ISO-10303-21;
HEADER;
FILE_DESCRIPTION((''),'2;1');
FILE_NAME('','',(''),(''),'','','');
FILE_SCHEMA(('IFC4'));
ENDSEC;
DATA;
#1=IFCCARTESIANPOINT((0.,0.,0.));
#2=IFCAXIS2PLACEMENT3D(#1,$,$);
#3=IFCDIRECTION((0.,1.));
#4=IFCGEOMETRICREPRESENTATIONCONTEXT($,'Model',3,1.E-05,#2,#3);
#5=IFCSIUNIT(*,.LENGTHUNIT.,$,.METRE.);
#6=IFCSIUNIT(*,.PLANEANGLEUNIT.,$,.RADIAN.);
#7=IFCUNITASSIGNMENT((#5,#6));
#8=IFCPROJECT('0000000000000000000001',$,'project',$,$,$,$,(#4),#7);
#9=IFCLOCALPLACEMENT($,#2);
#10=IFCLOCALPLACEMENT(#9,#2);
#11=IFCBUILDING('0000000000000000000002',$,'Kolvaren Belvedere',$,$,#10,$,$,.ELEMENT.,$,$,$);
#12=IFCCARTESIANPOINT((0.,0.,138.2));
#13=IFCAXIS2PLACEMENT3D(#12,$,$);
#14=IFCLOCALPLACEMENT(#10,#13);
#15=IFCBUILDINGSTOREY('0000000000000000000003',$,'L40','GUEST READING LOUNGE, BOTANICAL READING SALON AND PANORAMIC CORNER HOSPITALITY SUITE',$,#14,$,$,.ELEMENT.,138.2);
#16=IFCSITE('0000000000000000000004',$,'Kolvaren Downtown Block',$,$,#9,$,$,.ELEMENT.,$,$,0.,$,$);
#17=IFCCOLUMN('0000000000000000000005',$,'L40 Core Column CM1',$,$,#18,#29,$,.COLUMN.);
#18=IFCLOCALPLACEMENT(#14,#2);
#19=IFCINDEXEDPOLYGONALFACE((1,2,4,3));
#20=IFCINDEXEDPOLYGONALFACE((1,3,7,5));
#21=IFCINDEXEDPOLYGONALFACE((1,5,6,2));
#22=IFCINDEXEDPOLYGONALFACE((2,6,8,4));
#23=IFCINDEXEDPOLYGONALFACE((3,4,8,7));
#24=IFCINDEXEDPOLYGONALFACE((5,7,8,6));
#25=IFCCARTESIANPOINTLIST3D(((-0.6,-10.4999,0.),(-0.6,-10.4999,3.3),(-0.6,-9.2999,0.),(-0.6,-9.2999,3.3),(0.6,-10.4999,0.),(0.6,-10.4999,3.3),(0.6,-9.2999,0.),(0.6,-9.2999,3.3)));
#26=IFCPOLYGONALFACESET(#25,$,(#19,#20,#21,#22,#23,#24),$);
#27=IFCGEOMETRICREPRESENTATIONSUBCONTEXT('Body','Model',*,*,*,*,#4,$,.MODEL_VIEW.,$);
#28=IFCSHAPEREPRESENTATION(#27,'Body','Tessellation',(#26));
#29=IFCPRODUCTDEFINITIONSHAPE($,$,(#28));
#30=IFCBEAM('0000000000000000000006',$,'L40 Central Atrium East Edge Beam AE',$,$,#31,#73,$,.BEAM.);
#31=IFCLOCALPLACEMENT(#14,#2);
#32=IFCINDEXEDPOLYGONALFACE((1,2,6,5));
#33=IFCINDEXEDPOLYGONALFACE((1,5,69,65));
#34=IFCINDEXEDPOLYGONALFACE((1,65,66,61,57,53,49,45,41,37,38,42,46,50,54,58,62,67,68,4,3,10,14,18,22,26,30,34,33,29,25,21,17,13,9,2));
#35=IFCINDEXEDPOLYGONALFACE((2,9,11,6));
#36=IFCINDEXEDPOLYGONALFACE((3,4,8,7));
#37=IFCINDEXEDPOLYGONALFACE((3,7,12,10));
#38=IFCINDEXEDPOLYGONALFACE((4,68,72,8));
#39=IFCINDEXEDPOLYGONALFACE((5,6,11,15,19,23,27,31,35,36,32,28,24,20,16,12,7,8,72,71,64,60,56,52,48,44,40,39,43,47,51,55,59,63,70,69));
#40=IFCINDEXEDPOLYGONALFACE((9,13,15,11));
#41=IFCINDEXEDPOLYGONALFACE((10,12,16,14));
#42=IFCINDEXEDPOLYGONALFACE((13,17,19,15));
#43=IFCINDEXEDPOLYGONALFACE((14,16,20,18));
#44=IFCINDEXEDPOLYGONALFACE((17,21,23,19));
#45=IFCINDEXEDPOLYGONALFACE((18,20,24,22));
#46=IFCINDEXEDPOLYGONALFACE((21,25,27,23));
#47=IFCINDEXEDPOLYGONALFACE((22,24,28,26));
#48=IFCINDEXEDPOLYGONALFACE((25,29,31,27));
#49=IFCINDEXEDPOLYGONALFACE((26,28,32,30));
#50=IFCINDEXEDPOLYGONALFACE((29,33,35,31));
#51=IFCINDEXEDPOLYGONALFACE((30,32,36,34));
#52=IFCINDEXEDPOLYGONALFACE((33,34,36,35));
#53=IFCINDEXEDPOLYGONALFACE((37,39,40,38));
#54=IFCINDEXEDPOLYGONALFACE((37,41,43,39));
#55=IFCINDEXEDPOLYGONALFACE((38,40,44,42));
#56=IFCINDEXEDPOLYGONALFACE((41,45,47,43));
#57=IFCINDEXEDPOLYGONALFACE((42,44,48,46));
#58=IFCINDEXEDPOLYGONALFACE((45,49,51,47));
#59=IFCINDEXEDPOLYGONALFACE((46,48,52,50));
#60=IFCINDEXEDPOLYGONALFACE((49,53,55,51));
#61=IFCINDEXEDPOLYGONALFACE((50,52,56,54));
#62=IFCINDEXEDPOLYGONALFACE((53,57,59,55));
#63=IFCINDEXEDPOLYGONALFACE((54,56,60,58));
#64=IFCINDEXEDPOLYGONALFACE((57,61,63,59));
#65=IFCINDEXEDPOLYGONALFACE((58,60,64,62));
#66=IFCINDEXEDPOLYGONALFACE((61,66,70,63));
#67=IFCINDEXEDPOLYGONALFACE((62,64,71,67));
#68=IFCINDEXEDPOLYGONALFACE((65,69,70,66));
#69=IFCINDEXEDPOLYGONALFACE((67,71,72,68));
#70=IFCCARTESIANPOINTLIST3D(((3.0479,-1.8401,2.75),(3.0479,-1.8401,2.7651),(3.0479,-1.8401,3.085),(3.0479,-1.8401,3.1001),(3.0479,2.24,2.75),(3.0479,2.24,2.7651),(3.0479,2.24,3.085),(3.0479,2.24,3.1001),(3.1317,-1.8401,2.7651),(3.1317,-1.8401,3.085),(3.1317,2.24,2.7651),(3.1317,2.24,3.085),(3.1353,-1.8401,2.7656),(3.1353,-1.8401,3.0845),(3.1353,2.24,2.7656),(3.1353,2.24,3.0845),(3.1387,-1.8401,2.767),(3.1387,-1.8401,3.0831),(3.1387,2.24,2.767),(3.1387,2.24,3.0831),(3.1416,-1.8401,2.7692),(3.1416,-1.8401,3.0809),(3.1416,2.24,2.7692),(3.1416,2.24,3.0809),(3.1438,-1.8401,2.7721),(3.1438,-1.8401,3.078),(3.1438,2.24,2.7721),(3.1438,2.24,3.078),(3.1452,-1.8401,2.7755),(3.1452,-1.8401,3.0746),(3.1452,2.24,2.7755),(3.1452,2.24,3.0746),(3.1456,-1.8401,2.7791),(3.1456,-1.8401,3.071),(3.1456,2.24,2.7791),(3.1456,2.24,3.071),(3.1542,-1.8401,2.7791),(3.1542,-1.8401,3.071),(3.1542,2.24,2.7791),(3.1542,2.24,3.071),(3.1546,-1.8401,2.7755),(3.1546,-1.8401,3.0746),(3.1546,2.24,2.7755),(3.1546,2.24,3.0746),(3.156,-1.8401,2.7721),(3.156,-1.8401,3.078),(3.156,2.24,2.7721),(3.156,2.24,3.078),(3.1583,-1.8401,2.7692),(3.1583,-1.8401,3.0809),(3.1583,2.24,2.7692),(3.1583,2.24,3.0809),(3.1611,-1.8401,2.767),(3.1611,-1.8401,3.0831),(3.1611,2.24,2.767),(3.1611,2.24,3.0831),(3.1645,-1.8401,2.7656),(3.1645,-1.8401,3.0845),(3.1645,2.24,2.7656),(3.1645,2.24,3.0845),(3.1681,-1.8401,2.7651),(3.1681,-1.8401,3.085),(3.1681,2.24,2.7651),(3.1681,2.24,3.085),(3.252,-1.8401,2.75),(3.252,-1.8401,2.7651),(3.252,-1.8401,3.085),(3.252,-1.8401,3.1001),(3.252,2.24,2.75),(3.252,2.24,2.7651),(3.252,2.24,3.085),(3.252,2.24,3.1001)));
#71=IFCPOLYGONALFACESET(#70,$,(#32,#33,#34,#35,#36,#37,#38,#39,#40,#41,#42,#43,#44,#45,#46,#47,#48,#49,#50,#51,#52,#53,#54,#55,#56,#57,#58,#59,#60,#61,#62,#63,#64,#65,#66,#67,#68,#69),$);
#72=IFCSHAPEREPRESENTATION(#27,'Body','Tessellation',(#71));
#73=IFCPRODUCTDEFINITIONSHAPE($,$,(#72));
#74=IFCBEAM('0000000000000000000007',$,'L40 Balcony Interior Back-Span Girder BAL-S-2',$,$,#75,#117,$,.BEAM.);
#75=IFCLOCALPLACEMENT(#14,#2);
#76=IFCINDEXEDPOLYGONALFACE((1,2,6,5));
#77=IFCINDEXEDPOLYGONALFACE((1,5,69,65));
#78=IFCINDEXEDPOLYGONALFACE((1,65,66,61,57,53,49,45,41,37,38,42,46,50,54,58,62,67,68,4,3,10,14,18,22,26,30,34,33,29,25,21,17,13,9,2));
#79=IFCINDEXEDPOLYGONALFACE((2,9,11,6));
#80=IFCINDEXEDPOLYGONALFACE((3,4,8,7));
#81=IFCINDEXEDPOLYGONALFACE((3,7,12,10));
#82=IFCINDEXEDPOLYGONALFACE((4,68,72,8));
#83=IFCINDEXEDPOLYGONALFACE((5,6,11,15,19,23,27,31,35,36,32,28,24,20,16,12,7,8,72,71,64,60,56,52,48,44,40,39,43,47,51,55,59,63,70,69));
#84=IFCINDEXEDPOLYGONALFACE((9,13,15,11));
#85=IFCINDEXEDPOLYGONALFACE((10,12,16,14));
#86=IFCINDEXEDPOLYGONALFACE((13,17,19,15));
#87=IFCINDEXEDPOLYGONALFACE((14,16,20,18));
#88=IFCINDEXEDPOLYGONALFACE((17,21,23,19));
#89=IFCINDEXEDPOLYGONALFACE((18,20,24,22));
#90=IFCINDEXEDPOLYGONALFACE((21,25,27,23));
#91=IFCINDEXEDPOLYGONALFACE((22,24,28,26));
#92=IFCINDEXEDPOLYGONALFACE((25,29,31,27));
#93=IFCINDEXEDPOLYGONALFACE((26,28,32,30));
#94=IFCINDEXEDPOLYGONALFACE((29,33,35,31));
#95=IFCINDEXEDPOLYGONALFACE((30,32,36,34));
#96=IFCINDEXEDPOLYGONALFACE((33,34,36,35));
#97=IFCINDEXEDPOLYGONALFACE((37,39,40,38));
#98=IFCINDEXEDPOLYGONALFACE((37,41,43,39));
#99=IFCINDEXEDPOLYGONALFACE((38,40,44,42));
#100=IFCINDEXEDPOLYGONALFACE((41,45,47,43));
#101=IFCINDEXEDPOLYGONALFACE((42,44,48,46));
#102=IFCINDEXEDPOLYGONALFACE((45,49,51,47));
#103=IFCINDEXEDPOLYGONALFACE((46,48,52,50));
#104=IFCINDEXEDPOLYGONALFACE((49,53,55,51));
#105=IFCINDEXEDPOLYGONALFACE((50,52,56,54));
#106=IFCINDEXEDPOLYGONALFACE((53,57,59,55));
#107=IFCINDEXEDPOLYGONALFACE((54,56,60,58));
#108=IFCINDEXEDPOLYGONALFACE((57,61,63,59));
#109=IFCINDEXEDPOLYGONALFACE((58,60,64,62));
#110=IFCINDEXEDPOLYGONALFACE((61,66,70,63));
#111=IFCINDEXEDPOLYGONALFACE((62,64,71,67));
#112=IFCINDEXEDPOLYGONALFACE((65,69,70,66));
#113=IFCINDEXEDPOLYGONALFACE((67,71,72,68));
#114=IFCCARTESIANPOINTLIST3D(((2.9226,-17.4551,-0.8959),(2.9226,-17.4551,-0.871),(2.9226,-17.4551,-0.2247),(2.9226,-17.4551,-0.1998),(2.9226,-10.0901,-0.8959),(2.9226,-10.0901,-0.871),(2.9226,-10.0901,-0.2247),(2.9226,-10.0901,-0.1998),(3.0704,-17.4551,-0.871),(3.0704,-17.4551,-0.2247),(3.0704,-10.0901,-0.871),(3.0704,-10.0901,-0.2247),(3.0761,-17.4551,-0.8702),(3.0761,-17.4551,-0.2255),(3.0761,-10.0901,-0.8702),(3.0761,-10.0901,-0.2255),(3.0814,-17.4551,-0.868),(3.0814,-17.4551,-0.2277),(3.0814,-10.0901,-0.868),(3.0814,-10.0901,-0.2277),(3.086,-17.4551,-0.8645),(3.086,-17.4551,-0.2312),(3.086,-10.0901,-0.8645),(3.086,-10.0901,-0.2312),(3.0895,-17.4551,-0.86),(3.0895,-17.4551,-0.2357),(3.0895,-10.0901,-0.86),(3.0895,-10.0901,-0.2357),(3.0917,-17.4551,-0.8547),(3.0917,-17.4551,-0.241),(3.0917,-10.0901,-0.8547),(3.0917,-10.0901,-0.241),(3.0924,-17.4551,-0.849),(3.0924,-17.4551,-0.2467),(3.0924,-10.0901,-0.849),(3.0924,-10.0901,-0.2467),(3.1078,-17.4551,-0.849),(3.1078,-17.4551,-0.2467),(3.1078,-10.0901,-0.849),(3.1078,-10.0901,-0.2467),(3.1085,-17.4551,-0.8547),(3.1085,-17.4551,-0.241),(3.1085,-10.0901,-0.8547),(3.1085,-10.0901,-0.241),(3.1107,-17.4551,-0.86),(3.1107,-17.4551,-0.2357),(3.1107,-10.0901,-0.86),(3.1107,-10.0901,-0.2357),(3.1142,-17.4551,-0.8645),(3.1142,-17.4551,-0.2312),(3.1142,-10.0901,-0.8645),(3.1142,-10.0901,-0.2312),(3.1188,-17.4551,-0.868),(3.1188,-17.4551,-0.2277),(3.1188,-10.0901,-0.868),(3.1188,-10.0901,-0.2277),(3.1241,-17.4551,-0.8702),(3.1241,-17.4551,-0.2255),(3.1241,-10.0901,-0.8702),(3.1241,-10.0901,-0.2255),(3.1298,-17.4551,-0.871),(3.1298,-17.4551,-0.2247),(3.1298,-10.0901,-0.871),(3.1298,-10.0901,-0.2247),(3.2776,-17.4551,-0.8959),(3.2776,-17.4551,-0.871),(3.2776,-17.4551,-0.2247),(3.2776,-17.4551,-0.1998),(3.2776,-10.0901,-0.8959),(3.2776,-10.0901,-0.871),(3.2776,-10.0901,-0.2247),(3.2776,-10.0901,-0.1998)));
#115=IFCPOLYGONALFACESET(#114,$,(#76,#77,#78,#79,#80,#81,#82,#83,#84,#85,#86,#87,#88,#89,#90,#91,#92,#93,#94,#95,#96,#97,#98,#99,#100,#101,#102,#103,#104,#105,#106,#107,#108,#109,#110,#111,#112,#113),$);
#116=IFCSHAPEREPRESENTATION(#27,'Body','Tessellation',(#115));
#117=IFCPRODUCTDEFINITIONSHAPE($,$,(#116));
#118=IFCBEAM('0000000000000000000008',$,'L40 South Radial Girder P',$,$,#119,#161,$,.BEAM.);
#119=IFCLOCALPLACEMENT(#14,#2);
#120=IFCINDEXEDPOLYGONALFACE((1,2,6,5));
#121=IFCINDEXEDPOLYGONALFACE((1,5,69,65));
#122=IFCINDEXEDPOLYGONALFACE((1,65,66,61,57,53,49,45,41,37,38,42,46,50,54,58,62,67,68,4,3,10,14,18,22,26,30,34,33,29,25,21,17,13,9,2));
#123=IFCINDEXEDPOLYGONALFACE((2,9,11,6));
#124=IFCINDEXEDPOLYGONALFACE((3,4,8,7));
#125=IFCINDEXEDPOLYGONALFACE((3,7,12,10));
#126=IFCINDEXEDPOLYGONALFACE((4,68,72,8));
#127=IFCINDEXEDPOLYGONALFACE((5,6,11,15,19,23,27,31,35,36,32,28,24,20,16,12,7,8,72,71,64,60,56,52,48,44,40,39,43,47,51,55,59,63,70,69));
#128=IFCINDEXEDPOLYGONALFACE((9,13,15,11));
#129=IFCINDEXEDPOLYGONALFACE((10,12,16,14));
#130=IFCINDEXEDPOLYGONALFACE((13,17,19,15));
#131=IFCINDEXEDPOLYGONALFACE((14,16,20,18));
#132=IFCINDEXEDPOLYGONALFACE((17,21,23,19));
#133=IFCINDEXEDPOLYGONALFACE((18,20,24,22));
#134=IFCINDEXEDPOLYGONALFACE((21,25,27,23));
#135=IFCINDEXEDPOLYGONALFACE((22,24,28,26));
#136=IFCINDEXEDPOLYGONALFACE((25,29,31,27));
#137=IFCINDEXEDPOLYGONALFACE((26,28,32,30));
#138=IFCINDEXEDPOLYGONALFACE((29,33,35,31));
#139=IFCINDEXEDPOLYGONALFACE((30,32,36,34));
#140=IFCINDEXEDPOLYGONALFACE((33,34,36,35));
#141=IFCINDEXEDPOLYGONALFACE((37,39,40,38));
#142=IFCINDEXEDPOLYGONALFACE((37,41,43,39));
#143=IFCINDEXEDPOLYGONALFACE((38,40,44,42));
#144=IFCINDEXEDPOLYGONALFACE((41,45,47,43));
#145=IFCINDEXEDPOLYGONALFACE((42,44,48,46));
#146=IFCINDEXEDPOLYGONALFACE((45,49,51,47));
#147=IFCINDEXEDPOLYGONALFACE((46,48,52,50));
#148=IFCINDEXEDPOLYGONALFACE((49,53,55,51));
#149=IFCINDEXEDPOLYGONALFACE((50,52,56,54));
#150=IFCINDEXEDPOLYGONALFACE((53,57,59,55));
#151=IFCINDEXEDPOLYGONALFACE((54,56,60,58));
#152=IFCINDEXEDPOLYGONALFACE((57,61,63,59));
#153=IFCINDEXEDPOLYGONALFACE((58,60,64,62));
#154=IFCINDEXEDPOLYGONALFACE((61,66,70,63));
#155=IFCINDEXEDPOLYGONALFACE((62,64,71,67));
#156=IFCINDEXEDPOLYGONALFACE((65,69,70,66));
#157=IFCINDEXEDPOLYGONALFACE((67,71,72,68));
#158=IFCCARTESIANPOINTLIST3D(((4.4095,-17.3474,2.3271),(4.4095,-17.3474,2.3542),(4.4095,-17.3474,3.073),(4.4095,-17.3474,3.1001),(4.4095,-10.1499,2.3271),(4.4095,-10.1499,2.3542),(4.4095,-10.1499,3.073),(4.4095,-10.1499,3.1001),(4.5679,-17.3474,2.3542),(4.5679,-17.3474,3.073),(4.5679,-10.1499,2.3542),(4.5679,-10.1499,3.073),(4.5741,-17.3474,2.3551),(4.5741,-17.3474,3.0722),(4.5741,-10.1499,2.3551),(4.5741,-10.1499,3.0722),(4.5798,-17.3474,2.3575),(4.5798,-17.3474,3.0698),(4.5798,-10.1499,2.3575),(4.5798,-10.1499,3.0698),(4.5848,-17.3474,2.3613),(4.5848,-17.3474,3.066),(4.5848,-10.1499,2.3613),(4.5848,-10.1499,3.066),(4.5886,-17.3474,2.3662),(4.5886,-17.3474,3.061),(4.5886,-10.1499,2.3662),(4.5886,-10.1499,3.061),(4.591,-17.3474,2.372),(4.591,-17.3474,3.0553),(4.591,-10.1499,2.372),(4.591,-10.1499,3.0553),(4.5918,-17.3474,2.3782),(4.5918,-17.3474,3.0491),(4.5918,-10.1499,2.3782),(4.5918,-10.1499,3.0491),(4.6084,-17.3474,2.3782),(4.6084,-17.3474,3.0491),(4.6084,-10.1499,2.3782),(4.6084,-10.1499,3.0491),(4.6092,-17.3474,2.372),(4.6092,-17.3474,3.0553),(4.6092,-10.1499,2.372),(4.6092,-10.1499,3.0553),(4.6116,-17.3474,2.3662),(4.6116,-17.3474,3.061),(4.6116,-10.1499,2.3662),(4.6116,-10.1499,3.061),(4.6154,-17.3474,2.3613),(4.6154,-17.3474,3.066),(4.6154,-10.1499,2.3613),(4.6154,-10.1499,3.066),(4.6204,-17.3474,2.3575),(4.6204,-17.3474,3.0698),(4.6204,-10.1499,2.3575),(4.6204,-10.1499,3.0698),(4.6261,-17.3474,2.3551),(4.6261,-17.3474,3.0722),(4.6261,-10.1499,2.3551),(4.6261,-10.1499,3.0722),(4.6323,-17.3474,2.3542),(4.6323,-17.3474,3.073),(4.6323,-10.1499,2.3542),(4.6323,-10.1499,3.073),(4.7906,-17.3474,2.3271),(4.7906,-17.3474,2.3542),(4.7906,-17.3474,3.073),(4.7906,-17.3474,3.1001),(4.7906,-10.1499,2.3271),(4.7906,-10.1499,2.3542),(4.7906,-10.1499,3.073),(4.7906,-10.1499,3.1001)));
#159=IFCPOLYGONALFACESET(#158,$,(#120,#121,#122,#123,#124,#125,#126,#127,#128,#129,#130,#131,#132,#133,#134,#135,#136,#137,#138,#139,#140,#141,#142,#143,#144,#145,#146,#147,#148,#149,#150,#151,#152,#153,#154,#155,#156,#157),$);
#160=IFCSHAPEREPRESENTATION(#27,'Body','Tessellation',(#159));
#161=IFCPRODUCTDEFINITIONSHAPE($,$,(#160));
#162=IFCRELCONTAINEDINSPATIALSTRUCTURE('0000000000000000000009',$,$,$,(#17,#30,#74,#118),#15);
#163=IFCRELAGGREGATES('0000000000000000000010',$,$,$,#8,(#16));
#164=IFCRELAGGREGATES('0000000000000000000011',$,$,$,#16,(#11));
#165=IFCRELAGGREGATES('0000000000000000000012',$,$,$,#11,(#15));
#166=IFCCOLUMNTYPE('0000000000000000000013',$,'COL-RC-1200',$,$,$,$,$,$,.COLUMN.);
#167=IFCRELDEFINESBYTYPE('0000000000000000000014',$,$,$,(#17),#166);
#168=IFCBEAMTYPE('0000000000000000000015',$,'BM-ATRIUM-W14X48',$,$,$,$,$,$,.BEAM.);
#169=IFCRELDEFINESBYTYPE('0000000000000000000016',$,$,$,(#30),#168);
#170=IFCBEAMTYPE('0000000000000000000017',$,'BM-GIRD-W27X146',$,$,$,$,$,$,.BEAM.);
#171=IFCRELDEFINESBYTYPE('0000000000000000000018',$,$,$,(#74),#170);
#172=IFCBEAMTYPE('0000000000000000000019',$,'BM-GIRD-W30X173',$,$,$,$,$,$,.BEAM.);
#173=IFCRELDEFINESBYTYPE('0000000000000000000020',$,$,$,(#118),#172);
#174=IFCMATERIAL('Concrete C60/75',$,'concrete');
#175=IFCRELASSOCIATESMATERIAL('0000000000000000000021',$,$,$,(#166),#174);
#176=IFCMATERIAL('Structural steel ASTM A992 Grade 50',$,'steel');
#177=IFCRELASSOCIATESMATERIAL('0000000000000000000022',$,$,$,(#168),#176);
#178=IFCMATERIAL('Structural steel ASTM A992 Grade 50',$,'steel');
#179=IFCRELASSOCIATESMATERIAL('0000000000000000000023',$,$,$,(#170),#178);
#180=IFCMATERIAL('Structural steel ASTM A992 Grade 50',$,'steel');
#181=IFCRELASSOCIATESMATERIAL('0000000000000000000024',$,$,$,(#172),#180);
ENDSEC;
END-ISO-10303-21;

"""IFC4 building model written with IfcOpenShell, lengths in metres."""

from ifc_helpers import new_model, si_unit, direction, frame, origin, origin_2d, place, context, subcontext, project, spatial, rectangle, i_section, extrude, material, material_profile, profile_set, type_object, element, save


model = new_model("IFC4")

# Units and contexts
model_context = context("Model", 3, precision=1e-05, world=origin(), true_north=direction((0.0, 1.0)))
body_context = subcontext(model_context, "Body", "Model", "MODEL_VIEW")
ifc_project = project(units=[si_unit("LENGTHUNIT", "METRE"), si_unit("PLANEANGLEUNIT", "RADIAN")], contexts=[model_context])

# Site, building, storey
site_placement = place(None, origin())
site = spatial("IfcSite", under=ifc_project, at=site_placement, Name="Kolvaren Downtown Block", CompositionType="ELEMENT", RefElevation=0.0)
building_placement = place(site_placement, origin())
building = spatial("IfcBuilding", under=site, at=building_placement, Name="Kolvaren Belvedere", CompositionType="ELEMENT")
storey_placement = place(building_placement, frame((0.0, 0.0, 138.2)))
storey = spatial("IfcBuildingStorey", under=building, at=storey_placement, Name="L40", Description="GUEST READING LOUNGE, BOTANICAL READING SALON AND PANORAMIC CORNER HOSPITALITY SUITE", CompositionType="ELEMENT", Elevation=138.2)

# Column
ifc_material_1 = material(Name="Concrete C60/75", Category="concrete")
ifc_material_profile_1 = material_profile(ifc_material_1, rectangle(XDim=1.2, YDim=1.2, at=origin_2d()), Name="RC 1200X1200")
ifc_profile_set_1 = profile_set([ifc_material_profile_1], Name="Concrete C60/75")
column_type = type_object("IfcColumnType", Name="COL-RC-1200", PredefinedType="COLUMN", material=ifc_profile_set_1)
column_placement = place(storey_placement, frame((0.0, -9.8999, 0.0), z_axis=(0.0, 0.0, 1.0), x_axis=(1.0, 0.0, 0.0)))
element("IfcColumn", 1, at=column_placement, inside=storey, type_object=column_type, Name="L40 Core Column CM1", PredefinedType="COLUMN", context=body_context, shape_type="SweptSolid", body=[
    extrude(rectangle(XDim=1.2, YDim=1.2, at=origin_2d()), origin(), (0.0, 0.0, 1.0), 3.3),
])

# Beams
ifc_material_2 = material(Name="Structural steel ASTM A992 Grade 50", Category="steel")
ifc_material_profile_2 = material_profile(ifc_material_2, i_section(OverallWidth=0.2041, OverallDepth=0.3501, WebThickness=0.0085, FlangeThickness=0.0151, FilletRadius=0.0139, at=origin_2d()), Name="W14X48")
ifc_profile_set_2 = profile_set([ifc_material_profile_2], Name="Structural steel ASTM A992 Grade 50")
beam_type_1 = type_object("IfcBeamType", Name="BM-ATRIUM-W14X48", PredefinedType="BEAM", material=ifc_profile_set_2)
beam_1_placement = place(storey_placement, frame((3.1499, -1.8401, 2.925), z_axis=(0.0, 1.0, 0.0), x_axis=(-1.0, 0.0, 0.0)))
element("IfcBeam", 2, at=beam_1_placement, inside=storey, type_object=beam_type_1, Name="L40 Central Atrium East Edge Beam AE", PredefinedType="BEAM", context=body_context, shape_type="SweptSolid", body=[
    extrude(i_section(OverallWidth=0.2041, OverallDepth=0.3501, WebThickness=0.0085, FlangeThickness=0.0151, FilletRadius=0.0139, at=origin_2d()), origin(), (0.0, 0.0, 1.0), 4.0801),
])
ifc_material_3 = material(Name="Structural steel ASTM A992 Grade 50", Category="steel")
ifc_material_profile_3 = material_profile(ifc_material_3, i_section(OverallWidth=0.355, OverallDepth=0.696, WebThickness=0.0154, FlangeThickness=0.0249, FilletRadius=0.022, at=origin_2d()), Name="W27X146")
ifc_profile_set_3 = profile_set([ifc_material_profile_3], Name="Structural steel ASTM A992 Grade 50")
beam_type_2 = type_object("IfcBeamType", Name="BM-GIRD-W27X146", PredefinedType="BEAM", material=ifc_profile_set_3)
beam_2_placement = place(storey_placement, frame((3.1001, -10.0901, -0.5479), z_axis=(0.0, -1.0, 0.0), x_axis=(1.0, 0.0, 0.0)))
element("IfcBeam", 3, at=beam_2_placement, inside=storey, type_object=beam_type_2, Name="L40 Balcony Interior Back-Span Girder BAL-S-2", PredefinedType="BEAM", context=body_context, shape_type="SweptSolid", body=[
    extrude(i_section(OverallWidth=0.355, OverallDepth=0.696, WebThickness=0.0154, FlangeThickness=0.0249, FilletRadius=0.022, at=origin_2d()), origin(), (0.0, 0.0, 1.0), 7.365),
])
ifc_material_4 = material(Name="Structural steel ASTM A992 Grade 50", Category="steel")
ifc_material_profile_4 = material_profile(ifc_material_4, i_section(OverallWidth=0.3811, OverallDepth=0.7729, WebThickness=0.0166, FlangeThickness=0.0271, FilletRadius=0.0239, at=origin_2d()), Name="W30X173")
ifc_profile_set_4 = profile_set([ifc_material_profile_4], Name="Structural steel ASTM A992 Grade 50")
beam_type_3 = type_object("IfcBeamType", Name="BM-GIRD-W30X173", PredefinedType="BEAM", material=ifc_profile_set_4)
beam_3_placement = place(storey_placement, frame((4.6001, -10.1499, 2.7136), z_axis=(0.0, -1.0, 0.0), x_axis=(1.0, 0.0, 0.0)))
element("IfcBeam", 4, at=beam_3_placement, inside=storey, type_object=beam_type_3, Name="L40 South Radial Girder P", PredefinedType="BEAM", context=body_context, shape_type="SweptSolid", body=[
    extrude(i_section(OverallWidth=0.3811, OverallDepth=0.7729, WebThickness=0.0166, FlangeThickness=0.0271, FilletRadius=0.0239, at=origin_2d()), origin(), (0.0, 0.0, 1.0), 7.1975),
])

save(model, "model.ifc")
